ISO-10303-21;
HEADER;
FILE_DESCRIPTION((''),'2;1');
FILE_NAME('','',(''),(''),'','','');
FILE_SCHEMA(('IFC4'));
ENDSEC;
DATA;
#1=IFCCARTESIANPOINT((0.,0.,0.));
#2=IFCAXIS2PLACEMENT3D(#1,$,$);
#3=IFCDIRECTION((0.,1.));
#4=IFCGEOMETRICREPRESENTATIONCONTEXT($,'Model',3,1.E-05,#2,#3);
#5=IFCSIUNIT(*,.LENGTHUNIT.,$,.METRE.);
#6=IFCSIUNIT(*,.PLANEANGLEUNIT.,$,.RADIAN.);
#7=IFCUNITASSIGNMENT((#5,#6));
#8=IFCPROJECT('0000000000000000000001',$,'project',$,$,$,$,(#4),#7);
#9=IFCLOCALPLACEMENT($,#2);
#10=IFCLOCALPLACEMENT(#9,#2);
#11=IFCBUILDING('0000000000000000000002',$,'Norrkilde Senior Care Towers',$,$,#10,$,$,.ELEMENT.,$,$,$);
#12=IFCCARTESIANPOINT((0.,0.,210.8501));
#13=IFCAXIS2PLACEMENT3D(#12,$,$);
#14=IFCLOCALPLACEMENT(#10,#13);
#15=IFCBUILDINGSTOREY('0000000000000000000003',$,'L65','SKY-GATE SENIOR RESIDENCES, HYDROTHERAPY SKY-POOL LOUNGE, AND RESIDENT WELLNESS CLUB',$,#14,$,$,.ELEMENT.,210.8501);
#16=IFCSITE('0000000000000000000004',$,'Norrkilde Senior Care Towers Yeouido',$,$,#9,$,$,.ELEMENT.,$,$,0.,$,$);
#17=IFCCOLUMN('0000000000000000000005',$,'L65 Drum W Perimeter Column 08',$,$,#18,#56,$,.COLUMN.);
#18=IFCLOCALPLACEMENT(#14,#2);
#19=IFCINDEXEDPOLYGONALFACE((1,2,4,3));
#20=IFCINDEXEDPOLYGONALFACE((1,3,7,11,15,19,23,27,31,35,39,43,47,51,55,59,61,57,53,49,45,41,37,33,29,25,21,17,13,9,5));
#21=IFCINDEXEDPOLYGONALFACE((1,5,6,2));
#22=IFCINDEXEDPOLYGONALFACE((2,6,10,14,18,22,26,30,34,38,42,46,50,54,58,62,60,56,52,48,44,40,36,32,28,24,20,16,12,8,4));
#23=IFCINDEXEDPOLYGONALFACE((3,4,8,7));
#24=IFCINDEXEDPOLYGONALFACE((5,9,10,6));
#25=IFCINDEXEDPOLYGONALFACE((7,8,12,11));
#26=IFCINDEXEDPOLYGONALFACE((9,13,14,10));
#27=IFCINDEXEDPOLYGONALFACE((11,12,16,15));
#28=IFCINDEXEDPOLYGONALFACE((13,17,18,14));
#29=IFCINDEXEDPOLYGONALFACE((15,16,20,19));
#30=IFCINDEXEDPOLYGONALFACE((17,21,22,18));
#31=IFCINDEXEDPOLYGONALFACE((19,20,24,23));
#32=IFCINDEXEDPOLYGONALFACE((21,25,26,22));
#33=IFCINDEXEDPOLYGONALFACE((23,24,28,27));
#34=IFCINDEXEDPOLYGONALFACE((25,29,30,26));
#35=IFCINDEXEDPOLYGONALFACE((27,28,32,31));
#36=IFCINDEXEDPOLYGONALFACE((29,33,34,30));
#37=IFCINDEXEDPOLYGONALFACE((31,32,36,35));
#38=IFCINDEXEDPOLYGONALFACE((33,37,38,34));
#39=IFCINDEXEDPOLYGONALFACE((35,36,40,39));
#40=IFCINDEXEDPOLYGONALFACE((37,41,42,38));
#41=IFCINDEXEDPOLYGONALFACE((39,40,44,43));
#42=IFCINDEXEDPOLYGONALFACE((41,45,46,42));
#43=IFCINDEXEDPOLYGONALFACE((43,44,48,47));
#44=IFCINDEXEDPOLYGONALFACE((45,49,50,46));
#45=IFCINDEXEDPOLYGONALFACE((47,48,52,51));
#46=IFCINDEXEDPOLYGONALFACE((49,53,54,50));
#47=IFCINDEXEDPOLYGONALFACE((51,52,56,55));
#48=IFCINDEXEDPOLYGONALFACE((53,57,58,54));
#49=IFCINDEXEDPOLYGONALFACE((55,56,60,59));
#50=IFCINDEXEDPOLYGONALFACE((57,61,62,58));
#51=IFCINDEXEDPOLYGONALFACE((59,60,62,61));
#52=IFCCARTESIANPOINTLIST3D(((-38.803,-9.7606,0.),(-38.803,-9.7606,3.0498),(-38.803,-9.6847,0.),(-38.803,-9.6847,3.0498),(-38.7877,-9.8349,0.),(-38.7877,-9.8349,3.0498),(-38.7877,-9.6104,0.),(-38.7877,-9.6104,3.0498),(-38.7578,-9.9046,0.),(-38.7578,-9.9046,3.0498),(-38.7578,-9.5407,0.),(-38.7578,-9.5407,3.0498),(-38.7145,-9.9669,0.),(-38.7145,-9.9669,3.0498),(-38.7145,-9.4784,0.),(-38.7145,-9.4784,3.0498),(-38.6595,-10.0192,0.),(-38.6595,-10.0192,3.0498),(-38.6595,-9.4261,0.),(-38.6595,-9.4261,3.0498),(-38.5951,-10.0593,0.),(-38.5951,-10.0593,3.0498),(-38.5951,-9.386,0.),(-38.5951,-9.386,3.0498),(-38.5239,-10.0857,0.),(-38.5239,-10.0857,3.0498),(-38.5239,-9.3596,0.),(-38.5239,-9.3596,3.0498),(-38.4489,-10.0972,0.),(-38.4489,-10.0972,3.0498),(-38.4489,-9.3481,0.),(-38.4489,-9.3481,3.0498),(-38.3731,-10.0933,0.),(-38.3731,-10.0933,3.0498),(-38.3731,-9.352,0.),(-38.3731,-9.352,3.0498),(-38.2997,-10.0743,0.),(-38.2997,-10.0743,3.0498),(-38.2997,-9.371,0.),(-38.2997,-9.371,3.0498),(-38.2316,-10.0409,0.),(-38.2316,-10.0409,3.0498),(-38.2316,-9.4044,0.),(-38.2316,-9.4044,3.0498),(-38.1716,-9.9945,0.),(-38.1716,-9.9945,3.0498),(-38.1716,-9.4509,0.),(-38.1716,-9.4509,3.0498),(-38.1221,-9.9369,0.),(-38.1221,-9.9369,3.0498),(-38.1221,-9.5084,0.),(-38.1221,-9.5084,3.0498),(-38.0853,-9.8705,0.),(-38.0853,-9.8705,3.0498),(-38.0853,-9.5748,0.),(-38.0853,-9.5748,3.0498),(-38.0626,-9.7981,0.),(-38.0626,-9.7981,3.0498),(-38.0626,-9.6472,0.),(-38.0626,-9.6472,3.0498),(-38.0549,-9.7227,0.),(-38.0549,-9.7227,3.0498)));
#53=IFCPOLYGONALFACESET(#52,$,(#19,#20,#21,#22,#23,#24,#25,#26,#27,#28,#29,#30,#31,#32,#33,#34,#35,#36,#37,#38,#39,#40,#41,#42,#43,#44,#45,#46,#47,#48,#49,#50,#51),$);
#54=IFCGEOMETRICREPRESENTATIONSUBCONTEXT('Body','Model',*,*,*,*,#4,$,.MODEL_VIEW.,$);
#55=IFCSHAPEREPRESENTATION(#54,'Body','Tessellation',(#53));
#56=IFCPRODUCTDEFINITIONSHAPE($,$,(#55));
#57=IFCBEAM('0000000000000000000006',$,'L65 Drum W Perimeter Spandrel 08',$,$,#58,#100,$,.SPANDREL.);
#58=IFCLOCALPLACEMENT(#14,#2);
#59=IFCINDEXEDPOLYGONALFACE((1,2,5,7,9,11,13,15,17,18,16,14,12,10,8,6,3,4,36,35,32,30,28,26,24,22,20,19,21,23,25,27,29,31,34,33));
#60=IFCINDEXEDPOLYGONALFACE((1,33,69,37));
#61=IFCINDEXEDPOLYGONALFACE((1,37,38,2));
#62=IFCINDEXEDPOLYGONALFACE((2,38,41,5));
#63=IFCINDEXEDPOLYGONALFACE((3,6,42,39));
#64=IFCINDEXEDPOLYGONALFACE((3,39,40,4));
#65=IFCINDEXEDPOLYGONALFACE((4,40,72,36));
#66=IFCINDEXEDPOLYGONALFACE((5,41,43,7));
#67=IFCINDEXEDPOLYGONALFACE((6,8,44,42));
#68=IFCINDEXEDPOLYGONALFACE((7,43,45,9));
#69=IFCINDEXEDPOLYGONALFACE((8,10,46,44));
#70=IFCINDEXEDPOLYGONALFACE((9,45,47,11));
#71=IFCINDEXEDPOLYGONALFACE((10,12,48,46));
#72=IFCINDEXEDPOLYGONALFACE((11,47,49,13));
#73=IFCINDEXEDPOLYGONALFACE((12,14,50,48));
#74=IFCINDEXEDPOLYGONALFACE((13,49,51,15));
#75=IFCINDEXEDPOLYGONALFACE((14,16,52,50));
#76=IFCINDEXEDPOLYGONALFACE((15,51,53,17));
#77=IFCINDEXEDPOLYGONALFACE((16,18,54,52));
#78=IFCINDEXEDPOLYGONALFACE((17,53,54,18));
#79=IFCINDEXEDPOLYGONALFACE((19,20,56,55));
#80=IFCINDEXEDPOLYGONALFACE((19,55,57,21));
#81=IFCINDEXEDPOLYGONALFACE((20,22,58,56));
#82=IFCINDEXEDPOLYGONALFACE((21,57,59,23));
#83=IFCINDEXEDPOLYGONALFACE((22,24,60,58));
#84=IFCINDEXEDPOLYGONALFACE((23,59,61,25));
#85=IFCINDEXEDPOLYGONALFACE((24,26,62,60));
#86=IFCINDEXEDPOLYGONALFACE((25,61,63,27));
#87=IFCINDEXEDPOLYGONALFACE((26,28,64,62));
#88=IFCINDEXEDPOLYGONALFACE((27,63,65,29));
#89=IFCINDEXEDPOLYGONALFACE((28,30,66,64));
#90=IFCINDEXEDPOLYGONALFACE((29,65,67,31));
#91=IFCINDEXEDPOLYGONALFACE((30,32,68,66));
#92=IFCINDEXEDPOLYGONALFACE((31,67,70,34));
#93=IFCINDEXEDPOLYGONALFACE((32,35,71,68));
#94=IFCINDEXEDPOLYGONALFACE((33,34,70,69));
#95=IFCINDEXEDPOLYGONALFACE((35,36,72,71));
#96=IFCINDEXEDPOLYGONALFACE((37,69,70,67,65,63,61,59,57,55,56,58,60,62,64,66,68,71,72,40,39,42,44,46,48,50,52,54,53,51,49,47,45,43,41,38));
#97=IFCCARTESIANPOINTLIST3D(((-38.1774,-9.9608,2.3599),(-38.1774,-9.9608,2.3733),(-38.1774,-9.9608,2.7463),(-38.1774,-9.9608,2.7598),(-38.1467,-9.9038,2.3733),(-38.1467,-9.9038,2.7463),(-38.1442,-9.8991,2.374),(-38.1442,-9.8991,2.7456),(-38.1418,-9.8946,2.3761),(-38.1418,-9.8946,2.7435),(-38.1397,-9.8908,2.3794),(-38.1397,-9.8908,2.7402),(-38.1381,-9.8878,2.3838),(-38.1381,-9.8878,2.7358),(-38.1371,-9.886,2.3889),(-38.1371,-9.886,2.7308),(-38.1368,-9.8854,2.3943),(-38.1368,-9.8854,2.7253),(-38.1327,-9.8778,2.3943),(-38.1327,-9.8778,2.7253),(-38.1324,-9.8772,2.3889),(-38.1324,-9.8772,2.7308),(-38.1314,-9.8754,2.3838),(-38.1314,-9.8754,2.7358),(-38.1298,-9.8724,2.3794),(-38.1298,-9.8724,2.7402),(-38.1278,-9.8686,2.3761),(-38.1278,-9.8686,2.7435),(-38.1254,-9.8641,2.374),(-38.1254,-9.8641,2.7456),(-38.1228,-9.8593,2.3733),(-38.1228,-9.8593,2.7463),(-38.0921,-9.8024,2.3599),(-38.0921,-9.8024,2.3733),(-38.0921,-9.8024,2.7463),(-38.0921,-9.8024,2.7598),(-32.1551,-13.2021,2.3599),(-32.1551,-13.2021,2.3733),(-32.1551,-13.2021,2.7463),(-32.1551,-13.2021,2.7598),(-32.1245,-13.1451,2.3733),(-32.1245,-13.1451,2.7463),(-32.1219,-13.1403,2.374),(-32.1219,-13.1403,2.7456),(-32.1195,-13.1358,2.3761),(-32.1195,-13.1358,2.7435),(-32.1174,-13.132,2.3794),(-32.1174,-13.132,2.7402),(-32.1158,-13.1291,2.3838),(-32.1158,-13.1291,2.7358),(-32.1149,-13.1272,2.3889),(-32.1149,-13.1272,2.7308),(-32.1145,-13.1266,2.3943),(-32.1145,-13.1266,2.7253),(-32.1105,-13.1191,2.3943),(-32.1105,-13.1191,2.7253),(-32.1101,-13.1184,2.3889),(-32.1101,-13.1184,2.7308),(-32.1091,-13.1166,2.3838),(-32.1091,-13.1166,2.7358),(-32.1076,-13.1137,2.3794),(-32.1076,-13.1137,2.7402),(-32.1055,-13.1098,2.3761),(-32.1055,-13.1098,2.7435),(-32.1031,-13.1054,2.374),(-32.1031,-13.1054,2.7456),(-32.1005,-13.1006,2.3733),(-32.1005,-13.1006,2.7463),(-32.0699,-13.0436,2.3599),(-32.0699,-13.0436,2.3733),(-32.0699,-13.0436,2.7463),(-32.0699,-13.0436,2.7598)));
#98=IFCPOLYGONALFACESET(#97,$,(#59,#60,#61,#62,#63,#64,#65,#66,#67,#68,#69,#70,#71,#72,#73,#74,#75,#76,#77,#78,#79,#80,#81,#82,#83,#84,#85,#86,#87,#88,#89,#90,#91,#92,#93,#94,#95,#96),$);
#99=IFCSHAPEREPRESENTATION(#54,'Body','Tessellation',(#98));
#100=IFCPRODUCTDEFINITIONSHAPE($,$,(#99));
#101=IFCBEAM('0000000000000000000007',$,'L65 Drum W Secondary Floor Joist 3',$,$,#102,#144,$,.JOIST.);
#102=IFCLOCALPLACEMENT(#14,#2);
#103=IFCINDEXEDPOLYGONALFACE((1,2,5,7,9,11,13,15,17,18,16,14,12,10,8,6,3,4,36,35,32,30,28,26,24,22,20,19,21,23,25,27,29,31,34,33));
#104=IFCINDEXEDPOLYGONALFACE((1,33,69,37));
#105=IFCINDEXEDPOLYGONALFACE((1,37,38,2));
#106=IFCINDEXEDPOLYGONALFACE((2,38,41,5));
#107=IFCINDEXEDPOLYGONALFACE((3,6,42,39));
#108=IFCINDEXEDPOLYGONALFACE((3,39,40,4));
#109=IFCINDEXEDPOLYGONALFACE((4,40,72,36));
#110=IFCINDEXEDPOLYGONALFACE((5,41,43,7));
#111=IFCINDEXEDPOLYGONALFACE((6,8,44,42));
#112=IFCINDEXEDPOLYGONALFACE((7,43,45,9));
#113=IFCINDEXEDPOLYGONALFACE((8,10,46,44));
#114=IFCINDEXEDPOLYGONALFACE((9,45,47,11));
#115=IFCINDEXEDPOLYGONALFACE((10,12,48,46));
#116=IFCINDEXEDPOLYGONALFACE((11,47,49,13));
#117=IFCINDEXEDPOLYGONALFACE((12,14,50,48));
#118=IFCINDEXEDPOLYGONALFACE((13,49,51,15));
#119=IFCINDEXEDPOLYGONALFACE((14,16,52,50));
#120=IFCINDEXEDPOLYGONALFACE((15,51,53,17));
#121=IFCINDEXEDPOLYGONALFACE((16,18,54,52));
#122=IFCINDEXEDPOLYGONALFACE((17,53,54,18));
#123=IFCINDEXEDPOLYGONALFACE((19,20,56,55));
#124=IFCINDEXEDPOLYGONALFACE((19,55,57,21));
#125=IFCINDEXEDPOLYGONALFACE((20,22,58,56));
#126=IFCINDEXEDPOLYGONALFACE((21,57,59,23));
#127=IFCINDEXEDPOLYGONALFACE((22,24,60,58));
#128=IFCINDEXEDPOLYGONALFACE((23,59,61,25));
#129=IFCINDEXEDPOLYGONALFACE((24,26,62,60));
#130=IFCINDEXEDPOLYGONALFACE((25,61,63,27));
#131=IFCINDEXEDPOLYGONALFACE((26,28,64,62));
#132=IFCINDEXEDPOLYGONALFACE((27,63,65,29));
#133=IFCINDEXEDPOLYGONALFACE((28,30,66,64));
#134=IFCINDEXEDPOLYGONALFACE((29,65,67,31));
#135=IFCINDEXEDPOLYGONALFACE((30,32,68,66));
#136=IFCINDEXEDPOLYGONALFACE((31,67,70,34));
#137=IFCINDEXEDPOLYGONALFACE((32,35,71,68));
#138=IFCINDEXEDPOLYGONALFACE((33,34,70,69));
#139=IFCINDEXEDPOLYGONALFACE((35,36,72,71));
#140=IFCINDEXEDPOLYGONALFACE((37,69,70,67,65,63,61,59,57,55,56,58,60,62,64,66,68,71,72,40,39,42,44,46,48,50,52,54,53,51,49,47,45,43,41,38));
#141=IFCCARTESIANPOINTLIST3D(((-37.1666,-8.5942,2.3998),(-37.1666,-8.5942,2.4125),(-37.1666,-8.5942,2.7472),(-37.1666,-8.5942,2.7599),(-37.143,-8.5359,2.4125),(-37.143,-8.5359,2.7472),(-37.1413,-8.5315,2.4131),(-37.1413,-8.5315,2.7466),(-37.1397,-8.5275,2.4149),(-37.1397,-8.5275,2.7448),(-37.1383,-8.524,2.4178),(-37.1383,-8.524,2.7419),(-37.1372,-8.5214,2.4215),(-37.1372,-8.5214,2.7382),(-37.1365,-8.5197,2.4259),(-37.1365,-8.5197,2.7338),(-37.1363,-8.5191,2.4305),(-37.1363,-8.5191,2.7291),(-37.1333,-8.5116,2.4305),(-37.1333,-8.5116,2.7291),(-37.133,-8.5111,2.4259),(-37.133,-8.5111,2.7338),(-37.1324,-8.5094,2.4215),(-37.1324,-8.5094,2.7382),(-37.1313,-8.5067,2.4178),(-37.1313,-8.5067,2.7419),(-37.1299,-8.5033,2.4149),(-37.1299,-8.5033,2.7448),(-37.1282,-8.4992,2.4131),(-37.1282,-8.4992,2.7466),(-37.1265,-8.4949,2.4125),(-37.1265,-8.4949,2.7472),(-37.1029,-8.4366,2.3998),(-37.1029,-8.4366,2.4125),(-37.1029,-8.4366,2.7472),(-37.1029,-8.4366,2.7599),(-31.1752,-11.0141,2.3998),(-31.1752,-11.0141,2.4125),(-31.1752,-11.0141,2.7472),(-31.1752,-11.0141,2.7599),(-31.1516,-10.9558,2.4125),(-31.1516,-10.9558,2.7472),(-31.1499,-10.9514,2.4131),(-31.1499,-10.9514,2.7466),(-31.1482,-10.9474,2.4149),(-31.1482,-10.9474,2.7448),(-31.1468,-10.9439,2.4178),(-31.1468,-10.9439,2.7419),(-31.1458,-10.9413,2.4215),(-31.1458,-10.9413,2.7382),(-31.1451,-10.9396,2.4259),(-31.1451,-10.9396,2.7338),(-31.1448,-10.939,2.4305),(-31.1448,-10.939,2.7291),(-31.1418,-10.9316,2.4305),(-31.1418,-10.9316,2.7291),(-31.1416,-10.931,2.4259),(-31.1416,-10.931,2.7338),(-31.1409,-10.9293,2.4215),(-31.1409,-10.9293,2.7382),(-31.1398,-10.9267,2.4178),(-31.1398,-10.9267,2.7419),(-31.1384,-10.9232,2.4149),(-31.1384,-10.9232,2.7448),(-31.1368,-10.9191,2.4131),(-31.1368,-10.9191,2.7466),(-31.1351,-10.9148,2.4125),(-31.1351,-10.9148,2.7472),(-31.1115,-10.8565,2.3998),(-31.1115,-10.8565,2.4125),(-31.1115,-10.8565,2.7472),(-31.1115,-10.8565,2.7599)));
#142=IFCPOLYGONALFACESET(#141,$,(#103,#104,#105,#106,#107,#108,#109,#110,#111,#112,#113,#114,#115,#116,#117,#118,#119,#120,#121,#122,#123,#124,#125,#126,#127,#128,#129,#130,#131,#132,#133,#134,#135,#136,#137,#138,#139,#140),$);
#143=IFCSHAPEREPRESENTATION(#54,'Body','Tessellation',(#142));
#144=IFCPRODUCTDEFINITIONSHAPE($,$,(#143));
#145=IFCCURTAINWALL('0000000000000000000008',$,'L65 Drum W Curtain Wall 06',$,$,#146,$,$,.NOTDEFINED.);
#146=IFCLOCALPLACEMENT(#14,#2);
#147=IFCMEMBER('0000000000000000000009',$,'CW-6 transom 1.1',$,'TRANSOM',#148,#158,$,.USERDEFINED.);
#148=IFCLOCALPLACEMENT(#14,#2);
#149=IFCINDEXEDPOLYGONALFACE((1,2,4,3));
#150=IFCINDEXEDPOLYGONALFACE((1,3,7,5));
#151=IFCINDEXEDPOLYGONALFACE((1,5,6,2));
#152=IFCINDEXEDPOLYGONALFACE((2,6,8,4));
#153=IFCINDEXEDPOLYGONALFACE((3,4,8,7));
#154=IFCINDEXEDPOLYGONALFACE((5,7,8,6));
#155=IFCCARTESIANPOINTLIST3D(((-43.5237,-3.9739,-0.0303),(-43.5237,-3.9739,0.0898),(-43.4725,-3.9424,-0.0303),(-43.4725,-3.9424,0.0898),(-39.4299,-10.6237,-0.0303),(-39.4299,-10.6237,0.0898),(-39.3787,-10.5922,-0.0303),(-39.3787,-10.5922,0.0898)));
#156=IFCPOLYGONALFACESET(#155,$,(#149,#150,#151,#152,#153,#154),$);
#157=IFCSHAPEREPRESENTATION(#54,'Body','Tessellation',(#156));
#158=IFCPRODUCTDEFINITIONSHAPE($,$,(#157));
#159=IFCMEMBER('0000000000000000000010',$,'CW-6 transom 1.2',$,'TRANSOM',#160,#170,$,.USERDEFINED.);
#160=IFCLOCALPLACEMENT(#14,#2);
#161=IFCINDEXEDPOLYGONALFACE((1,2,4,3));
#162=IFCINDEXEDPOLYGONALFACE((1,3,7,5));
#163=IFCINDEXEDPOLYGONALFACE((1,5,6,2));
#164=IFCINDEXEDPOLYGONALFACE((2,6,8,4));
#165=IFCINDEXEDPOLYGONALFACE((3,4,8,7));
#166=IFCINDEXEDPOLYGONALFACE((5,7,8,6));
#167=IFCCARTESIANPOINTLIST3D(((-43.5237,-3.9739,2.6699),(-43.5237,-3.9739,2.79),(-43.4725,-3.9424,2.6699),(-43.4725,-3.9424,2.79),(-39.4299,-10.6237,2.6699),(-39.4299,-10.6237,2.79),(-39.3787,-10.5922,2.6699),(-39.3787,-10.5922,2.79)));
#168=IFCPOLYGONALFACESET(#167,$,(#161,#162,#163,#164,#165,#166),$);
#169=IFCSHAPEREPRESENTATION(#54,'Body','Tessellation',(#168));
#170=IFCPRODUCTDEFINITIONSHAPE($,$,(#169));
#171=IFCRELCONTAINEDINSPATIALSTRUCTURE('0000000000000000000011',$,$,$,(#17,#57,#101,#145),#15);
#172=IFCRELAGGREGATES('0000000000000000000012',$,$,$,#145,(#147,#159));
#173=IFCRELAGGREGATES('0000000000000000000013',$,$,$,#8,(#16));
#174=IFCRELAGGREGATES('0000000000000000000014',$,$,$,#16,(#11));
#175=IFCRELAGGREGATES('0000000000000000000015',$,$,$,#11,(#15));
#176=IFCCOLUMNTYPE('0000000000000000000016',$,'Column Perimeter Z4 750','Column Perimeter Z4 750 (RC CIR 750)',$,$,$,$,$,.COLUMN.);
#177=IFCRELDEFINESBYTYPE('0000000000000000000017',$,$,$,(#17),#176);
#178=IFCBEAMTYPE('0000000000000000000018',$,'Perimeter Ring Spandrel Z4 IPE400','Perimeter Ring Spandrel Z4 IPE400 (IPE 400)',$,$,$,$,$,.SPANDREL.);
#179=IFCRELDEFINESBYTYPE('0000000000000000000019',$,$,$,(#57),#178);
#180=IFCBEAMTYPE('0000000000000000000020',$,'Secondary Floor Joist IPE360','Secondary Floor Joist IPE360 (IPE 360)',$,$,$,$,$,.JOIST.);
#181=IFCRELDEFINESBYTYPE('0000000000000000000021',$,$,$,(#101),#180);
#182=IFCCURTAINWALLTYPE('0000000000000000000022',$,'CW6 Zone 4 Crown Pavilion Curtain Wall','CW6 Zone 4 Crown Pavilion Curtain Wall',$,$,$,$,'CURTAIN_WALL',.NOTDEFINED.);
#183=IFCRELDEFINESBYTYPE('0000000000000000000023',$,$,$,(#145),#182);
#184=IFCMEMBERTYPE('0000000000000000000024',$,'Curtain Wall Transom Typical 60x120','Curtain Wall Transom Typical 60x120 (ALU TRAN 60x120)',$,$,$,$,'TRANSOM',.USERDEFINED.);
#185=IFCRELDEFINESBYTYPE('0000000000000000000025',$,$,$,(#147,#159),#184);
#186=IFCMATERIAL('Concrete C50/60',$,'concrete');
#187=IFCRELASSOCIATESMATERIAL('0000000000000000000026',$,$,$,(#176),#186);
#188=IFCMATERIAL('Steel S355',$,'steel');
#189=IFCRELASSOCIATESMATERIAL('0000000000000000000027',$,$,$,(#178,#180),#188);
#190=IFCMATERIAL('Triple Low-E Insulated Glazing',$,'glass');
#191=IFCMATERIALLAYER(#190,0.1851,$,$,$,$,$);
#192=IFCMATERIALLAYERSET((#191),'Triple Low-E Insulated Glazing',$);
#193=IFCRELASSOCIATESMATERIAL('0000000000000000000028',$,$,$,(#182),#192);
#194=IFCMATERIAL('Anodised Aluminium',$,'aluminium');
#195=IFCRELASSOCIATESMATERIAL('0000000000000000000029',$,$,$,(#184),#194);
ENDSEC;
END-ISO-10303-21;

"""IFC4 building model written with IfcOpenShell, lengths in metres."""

from ifc_helpers import new_model, si_unit, direction, frame, origin, origin_2d, place, context, subcontext, project, spatial, rectangle, circle, i_section, extrude, source, transform, mapped, material, layer, layer_set, material_profile, profile_set, type_object, type_shapes, element, aggregate, save


model = new_model("IFC4")

# Units and contexts
model_context = context("Model", 3, precision=1e-05, world=origin(), true_north=direction((0.0, 1.0)))
body_context = subcontext(model_context, "Body", "Model", "MODEL_VIEW")
ifc_project = project(units=[si_unit("LENGTHUNIT", "METRE"), si_unit("PLANEANGLEUNIT", "RADIAN")], contexts=[model_context])

# Site, building, storey
site_placement = place(None, origin())
site = spatial("IfcSite", under=ifc_project, at=site_placement, Name="Norrkilde Senior Care Towers Yeouido", CompositionType="ELEMENT", RefElevation=0.0)
building_placement = place(site_placement, origin())
building = spatial("IfcBuilding", under=site, at=building_placement, Name="Norrkilde Senior Care Towers", CompositionType="ELEMENT")
storey_placement = place(building_placement, frame((0.0, 0.0, 210.8501)))
storey = spatial("IfcBuildingStorey", under=building, at=storey_placement, Name="L65", Description="SKY-GATE SENIOR RESIDENCES, HYDROTHERAPY SKY-POOL LOUNGE, AND RESIDENT WELLNESS CLUB", CompositionType="ELEMENT", Elevation=210.8501)

# Column
ifc_material_1 = material(Name="Concrete C50/60", Category="concrete")
ifc_material_profile_1 = material_profile(ifc_material_1, circle(Radius=0.375, at=origin_2d()), Name="RC CIR 750")
ifc_profile_set_1 = profile_set([ifc_material_profile_1], Name="Concrete C50/60")
column_type = type_object("IfcColumnType", Name="Column Perimeter Z4 750", Description="Column Perimeter Z4 750 (RC CIR 750)", PredefinedType="COLUMN", material=ifc_profile_set_1)
shared_shape_1 = source(origin(), body_context, "Body", "SweptSolid", [
    extrude(circle(Radius=0.375, at=origin_2d()), origin(), (0.0, 0.0, 1.0), 3.0498),
])
type_shapes(column_type, [shared_shape_1])
column_placement = place(storey_placement, frame((-38.4299, -9.7227, 0.0), z_axis=(0.0, 0.0, 1.0), x_axis=(1.0, 0.0, 0.0)))
element("IfcColumn", 1, at=column_placement, inside=storey, type_object=column_type, Name="L65 Drum W Perimeter Column 08", PredefinedType="COLUMN", context=body_context, shape_type="MappedRepresentation", body=[
    mapped(shared_shape_1, transform((0.0, 0.0, 0.0), x_axis=(1.0, 0.0, 0.0), y_axis=(0.0, 1.0, 0.0), z_axis=(0.0, 0.0, 1.0), scale=1.0)),
])

# Beams
ifc_material_2 = material(Name="Steel S355", Category="steel")
ifc_material_profile_2 = material_profile(ifc_material_2, i_section(OverallWidth=0.1799, OverallDepth=0.3999, WebThickness=0.0085, FlangeThickness=0.0134, FilletRadius=0.021, at=origin_2d()), Name="IPE 400")
ifc_profile_set_2 = profile_set([ifc_material_profile_2], Name="Steel S355")
beam_type_1 = type_object("IfcBeamType", Name="Perimeter Ring Spandrel Z4 IPE400", Description="Perimeter Ring Spandrel Z4 IPE400 (IPE 400)", PredefinedType="SPANDREL", material=ifc_profile_set_2)
shared_shape_2 = source(origin(), body_context, "Body", "SweptSolid", [
    extrude(i_section(OverallWidth=0.1799, OverallDepth=0.3999, WebThickness=0.0085, FlangeThickness=0.0134, FilletRadius=0.021, at=origin_2d()), origin(), (0.0, 0.0, 1.0), 6.8391),
])
type_shapes(beam_type_1, [shared_shape_2])
beam_1_placement = place(storey_placement, frame((-38.1348, -9.8816, 2.5598), z_axis=(0.880564, -0.473927, 0.0), x_axis=(0.473927, 0.880564, 0.0)))
element("IfcBeam", 2, at=beam_1_placement, inside=storey, type_object=beam_type_1, Name="L65 Drum W Perimeter Spandrel 08", PredefinedType="SPANDREL", context=body_context, shape_type="MappedRepresentation", body=[
    mapped(shared_shape_2, transform((0.0, 0.0, 0.0), x_axis=(1.0, 0.0, 0.0), y_axis=(0.0, 1.0, 0.0), z_axis=(0.0, 0.0, 1.0), scale=1.0)),
])
ifc_material_profile_3 = material_profile(ifc_material_2, i_section(OverallWidth=0.1699, OverallDepth=0.3601, WebThickness=0.0081, FlangeThickness=0.0127, FilletRadius=0.0181, at=origin_2d()), Name="IPE 360")
ifc_profile_set_3 = profile_set([ifc_material_profile_3], Name="Steel S355")
beam_type_2 = type_object("IfcBeamType", Name="Secondary Floor Joist IPE360", Description="Secondary Floor Joist IPE360 (IPE 360)", PredefinedType="JOIST", material=ifc_profile_set_3)
shared_shape_3 = source(origin(), body_context, "Body", "SweptSolid", [
    extrude(i_section(OverallWidth=0.1699, OverallDepth=0.3601, WebThickness=0.0081, FlangeThickness=0.0127, FilletRadius=0.0181, at=origin_2d()), origin(), (0.0, 0.0, 1.0), 6.4617),
])
type_shapes(beam_type_2, [shared_shape_3])
beam_2_placement = place(storey_placement, frame((-37.1348, -8.5154, 2.5798), z_axis=(0.927226, -0.374502, 0.0), x_axis=(0.374502, 0.927226, 0.0)))
element("IfcBeam", 3, at=beam_2_placement, inside=storey, type_object=beam_type_2, Name="L65 Drum W Secondary Floor Joist 3", PredefinedType="JOIST", context=body_context, shape_type="MappedRepresentation", body=[
    mapped(shared_shape_3, transform((0.0, 0.0, 0.0), x_axis=(1.0, 0.0, 0.0), y_axis=(0.0, 1.0, 0.0), z_axis=(0.0, 0.0, 1.0), scale=1.0)),
])

# Curtain wall, members
ifc_material_3 = material(Name="Triple Low-E Insulated Glazing", Category="glass")
ifc_layer_1 = layer(ifc_material_3, 0.1851)
ifc_layer_set_1 = layer_set([ifc_layer_1], Name="Triple Low-E Insulated Glazing")
curtain_wall_type = type_object("IfcCurtainWallType", Name="CW6 Zone 4 Crown Pavilion Curtain Wall", Description="CW6 Zone 4 Crown Pavilion Curtain Wall", ElementType="CURTAIN_WALL", PredefinedType="NOTDEFINED", material=ifc_layer_set_1)
curtain_wall_1_placement = place(storey_placement, origin())
curtain_wall_1 = element("IfcCurtainWall", 4, at=curtain_wall_1_placement, inside=storey, type_object=curtain_wall_type, Name="L65 Drum W Curtain Wall 06", PredefinedType="NOTDEFINED")
ifc_material_4 = material(Name="Anodised Aluminium", Category="aluminium")
ifc_material_profile_4 = material_profile(ifc_material_4, rectangle(XDim=0.0601, YDim=0.1201, at=origin_2d()), Name="ALU TRAN 60x120")
ifc_profile_set_4 = profile_set([ifc_material_profile_4], Name="Anodised Aluminium")
member_type_1 = type_object("IfcMemberType", Name="Curtain Wall Transom Typical 60x120", Description="Curtain Wall Transom Typical 60x120 (ALU TRAN 60x120)", ElementType="TRANSOM", PredefinedType="USERDEFINED", material=ifc_profile_set_4)
shared_shape_4 = source(origin(), body_context, "Body", "SweptSolid", [
    extrude(rectangle(XDim=0.0601, YDim=0.1201, at=origin_2d()), origin(), (0.0, 0.0, 1.0), 7.8088),
])
type_shapes(member_type_1, [shared_shape_4])
member_1_placement = place(storey_placement, frame((-39.4043, -10.6079, 0.0298), z_axis=(-0.524251, 0.851564, 0.0), x_axis=(-0.851564, -0.524251, 0.0)))
member_1 = element("IfcMember", 5, at=member_1_placement, type_object=member_type_1, Name="CW-6 transom 1.1", ObjectType="TRANSOM", PredefinedType="USERDEFINED", context=body_context, shape_type="MappedRepresentation", body=[
    mapped(shared_shape_4, transform((0.0, 0.0, 0.0), x_axis=(1.0, 0.0, 0.0), y_axis=(0.0, 1.0, 0.0), z_axis=(0.0, 0.0, 1.0), scale=1.0)),
])
member_2_placement = place(storey_placement, frame((-39.4043, -10.6079, 2.73), z_axis=(-0.524251, 0.851564, 0.0), x_axis=(-0.851564, -0.524251, 0.0)))
member_2 = element("IfcMember", 6, at=member_2_placement, type_object=member_type_1, Name="CW-6 transom 1.2", ObjectType="TRANSOM", PredefinedType="USERDEFINED", context=body_context, shape_type="MappedRepresentation", body=[
    mapped(shared_shape_4, transform((0.0, 0.0, 0.0), x_axis=(1.0, 0.0, 0.0), y_axis=(0.0, 1.0, 0.0), z_axis=(0.0, 0.0, 1.0), scale=1.0)),
])

aggregate(curtain_wall_1, [member_1, member_2])

save(model, "model.ifc")
